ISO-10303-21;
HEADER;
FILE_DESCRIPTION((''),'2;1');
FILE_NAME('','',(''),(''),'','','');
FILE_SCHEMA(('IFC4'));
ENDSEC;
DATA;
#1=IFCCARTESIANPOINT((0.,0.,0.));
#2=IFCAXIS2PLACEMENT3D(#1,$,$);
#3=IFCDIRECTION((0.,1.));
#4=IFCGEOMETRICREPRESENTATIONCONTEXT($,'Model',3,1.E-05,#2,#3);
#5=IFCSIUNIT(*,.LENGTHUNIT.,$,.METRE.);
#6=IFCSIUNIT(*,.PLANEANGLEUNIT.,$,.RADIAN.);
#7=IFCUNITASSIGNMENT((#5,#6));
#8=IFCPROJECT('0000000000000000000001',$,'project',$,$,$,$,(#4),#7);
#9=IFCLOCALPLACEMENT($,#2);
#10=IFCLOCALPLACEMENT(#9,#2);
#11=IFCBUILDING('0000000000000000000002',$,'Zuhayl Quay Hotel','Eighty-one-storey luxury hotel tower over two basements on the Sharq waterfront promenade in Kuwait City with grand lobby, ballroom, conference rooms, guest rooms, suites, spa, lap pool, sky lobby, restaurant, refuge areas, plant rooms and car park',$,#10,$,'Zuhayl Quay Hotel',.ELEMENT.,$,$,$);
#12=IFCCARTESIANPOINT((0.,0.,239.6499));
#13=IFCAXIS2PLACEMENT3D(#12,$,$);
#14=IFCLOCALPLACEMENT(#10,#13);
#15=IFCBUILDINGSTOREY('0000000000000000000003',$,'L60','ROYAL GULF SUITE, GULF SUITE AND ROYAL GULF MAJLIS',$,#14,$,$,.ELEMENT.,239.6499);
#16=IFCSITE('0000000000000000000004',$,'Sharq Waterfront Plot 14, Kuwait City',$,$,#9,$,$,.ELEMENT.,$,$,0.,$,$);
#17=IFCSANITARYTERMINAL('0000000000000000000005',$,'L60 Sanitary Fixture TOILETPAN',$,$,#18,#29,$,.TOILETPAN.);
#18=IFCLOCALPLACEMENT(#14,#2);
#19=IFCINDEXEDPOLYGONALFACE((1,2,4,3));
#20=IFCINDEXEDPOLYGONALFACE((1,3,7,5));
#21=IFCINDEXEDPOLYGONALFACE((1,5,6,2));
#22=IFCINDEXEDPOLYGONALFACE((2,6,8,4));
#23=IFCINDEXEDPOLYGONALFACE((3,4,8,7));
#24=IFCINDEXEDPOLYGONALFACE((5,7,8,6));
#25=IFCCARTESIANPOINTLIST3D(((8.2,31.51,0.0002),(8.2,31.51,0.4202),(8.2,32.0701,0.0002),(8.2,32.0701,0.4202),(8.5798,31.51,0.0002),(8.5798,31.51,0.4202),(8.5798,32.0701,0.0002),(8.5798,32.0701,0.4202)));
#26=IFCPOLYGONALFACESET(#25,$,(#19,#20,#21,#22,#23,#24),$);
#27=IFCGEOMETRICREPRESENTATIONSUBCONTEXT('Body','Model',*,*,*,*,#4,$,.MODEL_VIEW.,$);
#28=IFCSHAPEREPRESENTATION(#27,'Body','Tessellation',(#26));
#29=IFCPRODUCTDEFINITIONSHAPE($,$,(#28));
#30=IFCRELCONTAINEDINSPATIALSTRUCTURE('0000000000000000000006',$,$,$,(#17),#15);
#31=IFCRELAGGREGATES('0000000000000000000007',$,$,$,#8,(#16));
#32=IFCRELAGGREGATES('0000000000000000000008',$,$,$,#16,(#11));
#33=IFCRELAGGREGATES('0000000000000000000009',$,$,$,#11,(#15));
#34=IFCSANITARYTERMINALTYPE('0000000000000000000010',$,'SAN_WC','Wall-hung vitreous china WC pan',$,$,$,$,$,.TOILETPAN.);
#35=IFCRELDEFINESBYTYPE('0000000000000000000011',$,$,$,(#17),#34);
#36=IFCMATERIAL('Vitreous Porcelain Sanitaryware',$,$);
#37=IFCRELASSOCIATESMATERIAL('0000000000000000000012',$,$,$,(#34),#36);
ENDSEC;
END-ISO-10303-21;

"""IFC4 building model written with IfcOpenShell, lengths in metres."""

from ifc_helpers import new_model, si_unit, direction, frame, origin, origin_2d, place, context, subcontext, project, spatial, rectangle, extrude, material, type_object, element, save


model = new_model("IFC4")

# Units and contexts
model_context = context("Model", 3, precision=1e-05, world=origin(), true_north=direction((0.0, 1.0)))
body_context = subcontext(model_context, "Body", "Model", "MODEL_VIEW")
ifc_project = project(units=[si_unit("LENGTHUNIT", "METRE"), si_unit("PLANEANGLEUNIT", "RADIAN")], contexts=[model_context])

# Site, building, storey
site_placement = place(None, origin())
site = spatial("IfcSite", under=ifc_project, at=site_placement, Name="Sharq Waterfront Plot 14, Kuwait City", CompositionType="ELEMENT", RefElevation=0.0)
building_placement = place(site_placement, origin())
building = spatial("IfcBuilding", under=site, at=building_placement, Name="Zuhayl Quay Hotel", Description="Eighty-one-storey luxury hotel tower over two basements on the Sharq waterfront promenade in Kuwait City with grand lobby, ballroom, conference rooms, guest rooms, suites, spa, lap pool, sky lobby, restaurant, refuge areas, plant rooms and car park", LongName="Zuhayl Quay Hotel", CompositionType="ELEMENT")
storey_placement = place(building_placement, frame((0.0, 0.0, 239.6499)))
storey = spatial("IfcBuildingStorey", under=building, at=storey_placement, Name="L60", Description="ROYAL GULF SUITE, GULF SUITE AND ROYAL GULF MAJLIS", CompositionType="ELEMENT", Elevation=239.6499)

# Sanitary terminal
ifc_material_1 = material(Name="Vitreous Porcelain Sanitaryware")
sanitary_terminal_type_1 = type_object("IfcSanitaryTerminalType", Name="SAN_WC", Description="Wall-hung vitreous china WC pan", PredefinedType="TOILETPAN", material=ifc_material_1)
for number, where, z_axis, x_axis, name in (
    (1, (8.3899, 31.79, 0.0002), (0.0, 0.0, 1.0), (1.0, 0.0, 0.0), "L60 Sanitary Fixture TOILETPAN"),
):
    element("IfcSanitaryTerminal", number, at=place(storey_placement, frame(where, z_axis=z_axis, x_axis=x_axis)), inside=storey, type_object=sanitary_terminal_type_1, Name=name, PredefinedType="TOILETPAN", context=body_context, shape_type="SweptSolid", body=[
        extrude(rectangle(XDim=0.3799, YDim=0.5601, at=origin_2d()), origin(), (0.0, 0.0, 1.0), 0.4199),
    ])

save(model, "model.ifc")
